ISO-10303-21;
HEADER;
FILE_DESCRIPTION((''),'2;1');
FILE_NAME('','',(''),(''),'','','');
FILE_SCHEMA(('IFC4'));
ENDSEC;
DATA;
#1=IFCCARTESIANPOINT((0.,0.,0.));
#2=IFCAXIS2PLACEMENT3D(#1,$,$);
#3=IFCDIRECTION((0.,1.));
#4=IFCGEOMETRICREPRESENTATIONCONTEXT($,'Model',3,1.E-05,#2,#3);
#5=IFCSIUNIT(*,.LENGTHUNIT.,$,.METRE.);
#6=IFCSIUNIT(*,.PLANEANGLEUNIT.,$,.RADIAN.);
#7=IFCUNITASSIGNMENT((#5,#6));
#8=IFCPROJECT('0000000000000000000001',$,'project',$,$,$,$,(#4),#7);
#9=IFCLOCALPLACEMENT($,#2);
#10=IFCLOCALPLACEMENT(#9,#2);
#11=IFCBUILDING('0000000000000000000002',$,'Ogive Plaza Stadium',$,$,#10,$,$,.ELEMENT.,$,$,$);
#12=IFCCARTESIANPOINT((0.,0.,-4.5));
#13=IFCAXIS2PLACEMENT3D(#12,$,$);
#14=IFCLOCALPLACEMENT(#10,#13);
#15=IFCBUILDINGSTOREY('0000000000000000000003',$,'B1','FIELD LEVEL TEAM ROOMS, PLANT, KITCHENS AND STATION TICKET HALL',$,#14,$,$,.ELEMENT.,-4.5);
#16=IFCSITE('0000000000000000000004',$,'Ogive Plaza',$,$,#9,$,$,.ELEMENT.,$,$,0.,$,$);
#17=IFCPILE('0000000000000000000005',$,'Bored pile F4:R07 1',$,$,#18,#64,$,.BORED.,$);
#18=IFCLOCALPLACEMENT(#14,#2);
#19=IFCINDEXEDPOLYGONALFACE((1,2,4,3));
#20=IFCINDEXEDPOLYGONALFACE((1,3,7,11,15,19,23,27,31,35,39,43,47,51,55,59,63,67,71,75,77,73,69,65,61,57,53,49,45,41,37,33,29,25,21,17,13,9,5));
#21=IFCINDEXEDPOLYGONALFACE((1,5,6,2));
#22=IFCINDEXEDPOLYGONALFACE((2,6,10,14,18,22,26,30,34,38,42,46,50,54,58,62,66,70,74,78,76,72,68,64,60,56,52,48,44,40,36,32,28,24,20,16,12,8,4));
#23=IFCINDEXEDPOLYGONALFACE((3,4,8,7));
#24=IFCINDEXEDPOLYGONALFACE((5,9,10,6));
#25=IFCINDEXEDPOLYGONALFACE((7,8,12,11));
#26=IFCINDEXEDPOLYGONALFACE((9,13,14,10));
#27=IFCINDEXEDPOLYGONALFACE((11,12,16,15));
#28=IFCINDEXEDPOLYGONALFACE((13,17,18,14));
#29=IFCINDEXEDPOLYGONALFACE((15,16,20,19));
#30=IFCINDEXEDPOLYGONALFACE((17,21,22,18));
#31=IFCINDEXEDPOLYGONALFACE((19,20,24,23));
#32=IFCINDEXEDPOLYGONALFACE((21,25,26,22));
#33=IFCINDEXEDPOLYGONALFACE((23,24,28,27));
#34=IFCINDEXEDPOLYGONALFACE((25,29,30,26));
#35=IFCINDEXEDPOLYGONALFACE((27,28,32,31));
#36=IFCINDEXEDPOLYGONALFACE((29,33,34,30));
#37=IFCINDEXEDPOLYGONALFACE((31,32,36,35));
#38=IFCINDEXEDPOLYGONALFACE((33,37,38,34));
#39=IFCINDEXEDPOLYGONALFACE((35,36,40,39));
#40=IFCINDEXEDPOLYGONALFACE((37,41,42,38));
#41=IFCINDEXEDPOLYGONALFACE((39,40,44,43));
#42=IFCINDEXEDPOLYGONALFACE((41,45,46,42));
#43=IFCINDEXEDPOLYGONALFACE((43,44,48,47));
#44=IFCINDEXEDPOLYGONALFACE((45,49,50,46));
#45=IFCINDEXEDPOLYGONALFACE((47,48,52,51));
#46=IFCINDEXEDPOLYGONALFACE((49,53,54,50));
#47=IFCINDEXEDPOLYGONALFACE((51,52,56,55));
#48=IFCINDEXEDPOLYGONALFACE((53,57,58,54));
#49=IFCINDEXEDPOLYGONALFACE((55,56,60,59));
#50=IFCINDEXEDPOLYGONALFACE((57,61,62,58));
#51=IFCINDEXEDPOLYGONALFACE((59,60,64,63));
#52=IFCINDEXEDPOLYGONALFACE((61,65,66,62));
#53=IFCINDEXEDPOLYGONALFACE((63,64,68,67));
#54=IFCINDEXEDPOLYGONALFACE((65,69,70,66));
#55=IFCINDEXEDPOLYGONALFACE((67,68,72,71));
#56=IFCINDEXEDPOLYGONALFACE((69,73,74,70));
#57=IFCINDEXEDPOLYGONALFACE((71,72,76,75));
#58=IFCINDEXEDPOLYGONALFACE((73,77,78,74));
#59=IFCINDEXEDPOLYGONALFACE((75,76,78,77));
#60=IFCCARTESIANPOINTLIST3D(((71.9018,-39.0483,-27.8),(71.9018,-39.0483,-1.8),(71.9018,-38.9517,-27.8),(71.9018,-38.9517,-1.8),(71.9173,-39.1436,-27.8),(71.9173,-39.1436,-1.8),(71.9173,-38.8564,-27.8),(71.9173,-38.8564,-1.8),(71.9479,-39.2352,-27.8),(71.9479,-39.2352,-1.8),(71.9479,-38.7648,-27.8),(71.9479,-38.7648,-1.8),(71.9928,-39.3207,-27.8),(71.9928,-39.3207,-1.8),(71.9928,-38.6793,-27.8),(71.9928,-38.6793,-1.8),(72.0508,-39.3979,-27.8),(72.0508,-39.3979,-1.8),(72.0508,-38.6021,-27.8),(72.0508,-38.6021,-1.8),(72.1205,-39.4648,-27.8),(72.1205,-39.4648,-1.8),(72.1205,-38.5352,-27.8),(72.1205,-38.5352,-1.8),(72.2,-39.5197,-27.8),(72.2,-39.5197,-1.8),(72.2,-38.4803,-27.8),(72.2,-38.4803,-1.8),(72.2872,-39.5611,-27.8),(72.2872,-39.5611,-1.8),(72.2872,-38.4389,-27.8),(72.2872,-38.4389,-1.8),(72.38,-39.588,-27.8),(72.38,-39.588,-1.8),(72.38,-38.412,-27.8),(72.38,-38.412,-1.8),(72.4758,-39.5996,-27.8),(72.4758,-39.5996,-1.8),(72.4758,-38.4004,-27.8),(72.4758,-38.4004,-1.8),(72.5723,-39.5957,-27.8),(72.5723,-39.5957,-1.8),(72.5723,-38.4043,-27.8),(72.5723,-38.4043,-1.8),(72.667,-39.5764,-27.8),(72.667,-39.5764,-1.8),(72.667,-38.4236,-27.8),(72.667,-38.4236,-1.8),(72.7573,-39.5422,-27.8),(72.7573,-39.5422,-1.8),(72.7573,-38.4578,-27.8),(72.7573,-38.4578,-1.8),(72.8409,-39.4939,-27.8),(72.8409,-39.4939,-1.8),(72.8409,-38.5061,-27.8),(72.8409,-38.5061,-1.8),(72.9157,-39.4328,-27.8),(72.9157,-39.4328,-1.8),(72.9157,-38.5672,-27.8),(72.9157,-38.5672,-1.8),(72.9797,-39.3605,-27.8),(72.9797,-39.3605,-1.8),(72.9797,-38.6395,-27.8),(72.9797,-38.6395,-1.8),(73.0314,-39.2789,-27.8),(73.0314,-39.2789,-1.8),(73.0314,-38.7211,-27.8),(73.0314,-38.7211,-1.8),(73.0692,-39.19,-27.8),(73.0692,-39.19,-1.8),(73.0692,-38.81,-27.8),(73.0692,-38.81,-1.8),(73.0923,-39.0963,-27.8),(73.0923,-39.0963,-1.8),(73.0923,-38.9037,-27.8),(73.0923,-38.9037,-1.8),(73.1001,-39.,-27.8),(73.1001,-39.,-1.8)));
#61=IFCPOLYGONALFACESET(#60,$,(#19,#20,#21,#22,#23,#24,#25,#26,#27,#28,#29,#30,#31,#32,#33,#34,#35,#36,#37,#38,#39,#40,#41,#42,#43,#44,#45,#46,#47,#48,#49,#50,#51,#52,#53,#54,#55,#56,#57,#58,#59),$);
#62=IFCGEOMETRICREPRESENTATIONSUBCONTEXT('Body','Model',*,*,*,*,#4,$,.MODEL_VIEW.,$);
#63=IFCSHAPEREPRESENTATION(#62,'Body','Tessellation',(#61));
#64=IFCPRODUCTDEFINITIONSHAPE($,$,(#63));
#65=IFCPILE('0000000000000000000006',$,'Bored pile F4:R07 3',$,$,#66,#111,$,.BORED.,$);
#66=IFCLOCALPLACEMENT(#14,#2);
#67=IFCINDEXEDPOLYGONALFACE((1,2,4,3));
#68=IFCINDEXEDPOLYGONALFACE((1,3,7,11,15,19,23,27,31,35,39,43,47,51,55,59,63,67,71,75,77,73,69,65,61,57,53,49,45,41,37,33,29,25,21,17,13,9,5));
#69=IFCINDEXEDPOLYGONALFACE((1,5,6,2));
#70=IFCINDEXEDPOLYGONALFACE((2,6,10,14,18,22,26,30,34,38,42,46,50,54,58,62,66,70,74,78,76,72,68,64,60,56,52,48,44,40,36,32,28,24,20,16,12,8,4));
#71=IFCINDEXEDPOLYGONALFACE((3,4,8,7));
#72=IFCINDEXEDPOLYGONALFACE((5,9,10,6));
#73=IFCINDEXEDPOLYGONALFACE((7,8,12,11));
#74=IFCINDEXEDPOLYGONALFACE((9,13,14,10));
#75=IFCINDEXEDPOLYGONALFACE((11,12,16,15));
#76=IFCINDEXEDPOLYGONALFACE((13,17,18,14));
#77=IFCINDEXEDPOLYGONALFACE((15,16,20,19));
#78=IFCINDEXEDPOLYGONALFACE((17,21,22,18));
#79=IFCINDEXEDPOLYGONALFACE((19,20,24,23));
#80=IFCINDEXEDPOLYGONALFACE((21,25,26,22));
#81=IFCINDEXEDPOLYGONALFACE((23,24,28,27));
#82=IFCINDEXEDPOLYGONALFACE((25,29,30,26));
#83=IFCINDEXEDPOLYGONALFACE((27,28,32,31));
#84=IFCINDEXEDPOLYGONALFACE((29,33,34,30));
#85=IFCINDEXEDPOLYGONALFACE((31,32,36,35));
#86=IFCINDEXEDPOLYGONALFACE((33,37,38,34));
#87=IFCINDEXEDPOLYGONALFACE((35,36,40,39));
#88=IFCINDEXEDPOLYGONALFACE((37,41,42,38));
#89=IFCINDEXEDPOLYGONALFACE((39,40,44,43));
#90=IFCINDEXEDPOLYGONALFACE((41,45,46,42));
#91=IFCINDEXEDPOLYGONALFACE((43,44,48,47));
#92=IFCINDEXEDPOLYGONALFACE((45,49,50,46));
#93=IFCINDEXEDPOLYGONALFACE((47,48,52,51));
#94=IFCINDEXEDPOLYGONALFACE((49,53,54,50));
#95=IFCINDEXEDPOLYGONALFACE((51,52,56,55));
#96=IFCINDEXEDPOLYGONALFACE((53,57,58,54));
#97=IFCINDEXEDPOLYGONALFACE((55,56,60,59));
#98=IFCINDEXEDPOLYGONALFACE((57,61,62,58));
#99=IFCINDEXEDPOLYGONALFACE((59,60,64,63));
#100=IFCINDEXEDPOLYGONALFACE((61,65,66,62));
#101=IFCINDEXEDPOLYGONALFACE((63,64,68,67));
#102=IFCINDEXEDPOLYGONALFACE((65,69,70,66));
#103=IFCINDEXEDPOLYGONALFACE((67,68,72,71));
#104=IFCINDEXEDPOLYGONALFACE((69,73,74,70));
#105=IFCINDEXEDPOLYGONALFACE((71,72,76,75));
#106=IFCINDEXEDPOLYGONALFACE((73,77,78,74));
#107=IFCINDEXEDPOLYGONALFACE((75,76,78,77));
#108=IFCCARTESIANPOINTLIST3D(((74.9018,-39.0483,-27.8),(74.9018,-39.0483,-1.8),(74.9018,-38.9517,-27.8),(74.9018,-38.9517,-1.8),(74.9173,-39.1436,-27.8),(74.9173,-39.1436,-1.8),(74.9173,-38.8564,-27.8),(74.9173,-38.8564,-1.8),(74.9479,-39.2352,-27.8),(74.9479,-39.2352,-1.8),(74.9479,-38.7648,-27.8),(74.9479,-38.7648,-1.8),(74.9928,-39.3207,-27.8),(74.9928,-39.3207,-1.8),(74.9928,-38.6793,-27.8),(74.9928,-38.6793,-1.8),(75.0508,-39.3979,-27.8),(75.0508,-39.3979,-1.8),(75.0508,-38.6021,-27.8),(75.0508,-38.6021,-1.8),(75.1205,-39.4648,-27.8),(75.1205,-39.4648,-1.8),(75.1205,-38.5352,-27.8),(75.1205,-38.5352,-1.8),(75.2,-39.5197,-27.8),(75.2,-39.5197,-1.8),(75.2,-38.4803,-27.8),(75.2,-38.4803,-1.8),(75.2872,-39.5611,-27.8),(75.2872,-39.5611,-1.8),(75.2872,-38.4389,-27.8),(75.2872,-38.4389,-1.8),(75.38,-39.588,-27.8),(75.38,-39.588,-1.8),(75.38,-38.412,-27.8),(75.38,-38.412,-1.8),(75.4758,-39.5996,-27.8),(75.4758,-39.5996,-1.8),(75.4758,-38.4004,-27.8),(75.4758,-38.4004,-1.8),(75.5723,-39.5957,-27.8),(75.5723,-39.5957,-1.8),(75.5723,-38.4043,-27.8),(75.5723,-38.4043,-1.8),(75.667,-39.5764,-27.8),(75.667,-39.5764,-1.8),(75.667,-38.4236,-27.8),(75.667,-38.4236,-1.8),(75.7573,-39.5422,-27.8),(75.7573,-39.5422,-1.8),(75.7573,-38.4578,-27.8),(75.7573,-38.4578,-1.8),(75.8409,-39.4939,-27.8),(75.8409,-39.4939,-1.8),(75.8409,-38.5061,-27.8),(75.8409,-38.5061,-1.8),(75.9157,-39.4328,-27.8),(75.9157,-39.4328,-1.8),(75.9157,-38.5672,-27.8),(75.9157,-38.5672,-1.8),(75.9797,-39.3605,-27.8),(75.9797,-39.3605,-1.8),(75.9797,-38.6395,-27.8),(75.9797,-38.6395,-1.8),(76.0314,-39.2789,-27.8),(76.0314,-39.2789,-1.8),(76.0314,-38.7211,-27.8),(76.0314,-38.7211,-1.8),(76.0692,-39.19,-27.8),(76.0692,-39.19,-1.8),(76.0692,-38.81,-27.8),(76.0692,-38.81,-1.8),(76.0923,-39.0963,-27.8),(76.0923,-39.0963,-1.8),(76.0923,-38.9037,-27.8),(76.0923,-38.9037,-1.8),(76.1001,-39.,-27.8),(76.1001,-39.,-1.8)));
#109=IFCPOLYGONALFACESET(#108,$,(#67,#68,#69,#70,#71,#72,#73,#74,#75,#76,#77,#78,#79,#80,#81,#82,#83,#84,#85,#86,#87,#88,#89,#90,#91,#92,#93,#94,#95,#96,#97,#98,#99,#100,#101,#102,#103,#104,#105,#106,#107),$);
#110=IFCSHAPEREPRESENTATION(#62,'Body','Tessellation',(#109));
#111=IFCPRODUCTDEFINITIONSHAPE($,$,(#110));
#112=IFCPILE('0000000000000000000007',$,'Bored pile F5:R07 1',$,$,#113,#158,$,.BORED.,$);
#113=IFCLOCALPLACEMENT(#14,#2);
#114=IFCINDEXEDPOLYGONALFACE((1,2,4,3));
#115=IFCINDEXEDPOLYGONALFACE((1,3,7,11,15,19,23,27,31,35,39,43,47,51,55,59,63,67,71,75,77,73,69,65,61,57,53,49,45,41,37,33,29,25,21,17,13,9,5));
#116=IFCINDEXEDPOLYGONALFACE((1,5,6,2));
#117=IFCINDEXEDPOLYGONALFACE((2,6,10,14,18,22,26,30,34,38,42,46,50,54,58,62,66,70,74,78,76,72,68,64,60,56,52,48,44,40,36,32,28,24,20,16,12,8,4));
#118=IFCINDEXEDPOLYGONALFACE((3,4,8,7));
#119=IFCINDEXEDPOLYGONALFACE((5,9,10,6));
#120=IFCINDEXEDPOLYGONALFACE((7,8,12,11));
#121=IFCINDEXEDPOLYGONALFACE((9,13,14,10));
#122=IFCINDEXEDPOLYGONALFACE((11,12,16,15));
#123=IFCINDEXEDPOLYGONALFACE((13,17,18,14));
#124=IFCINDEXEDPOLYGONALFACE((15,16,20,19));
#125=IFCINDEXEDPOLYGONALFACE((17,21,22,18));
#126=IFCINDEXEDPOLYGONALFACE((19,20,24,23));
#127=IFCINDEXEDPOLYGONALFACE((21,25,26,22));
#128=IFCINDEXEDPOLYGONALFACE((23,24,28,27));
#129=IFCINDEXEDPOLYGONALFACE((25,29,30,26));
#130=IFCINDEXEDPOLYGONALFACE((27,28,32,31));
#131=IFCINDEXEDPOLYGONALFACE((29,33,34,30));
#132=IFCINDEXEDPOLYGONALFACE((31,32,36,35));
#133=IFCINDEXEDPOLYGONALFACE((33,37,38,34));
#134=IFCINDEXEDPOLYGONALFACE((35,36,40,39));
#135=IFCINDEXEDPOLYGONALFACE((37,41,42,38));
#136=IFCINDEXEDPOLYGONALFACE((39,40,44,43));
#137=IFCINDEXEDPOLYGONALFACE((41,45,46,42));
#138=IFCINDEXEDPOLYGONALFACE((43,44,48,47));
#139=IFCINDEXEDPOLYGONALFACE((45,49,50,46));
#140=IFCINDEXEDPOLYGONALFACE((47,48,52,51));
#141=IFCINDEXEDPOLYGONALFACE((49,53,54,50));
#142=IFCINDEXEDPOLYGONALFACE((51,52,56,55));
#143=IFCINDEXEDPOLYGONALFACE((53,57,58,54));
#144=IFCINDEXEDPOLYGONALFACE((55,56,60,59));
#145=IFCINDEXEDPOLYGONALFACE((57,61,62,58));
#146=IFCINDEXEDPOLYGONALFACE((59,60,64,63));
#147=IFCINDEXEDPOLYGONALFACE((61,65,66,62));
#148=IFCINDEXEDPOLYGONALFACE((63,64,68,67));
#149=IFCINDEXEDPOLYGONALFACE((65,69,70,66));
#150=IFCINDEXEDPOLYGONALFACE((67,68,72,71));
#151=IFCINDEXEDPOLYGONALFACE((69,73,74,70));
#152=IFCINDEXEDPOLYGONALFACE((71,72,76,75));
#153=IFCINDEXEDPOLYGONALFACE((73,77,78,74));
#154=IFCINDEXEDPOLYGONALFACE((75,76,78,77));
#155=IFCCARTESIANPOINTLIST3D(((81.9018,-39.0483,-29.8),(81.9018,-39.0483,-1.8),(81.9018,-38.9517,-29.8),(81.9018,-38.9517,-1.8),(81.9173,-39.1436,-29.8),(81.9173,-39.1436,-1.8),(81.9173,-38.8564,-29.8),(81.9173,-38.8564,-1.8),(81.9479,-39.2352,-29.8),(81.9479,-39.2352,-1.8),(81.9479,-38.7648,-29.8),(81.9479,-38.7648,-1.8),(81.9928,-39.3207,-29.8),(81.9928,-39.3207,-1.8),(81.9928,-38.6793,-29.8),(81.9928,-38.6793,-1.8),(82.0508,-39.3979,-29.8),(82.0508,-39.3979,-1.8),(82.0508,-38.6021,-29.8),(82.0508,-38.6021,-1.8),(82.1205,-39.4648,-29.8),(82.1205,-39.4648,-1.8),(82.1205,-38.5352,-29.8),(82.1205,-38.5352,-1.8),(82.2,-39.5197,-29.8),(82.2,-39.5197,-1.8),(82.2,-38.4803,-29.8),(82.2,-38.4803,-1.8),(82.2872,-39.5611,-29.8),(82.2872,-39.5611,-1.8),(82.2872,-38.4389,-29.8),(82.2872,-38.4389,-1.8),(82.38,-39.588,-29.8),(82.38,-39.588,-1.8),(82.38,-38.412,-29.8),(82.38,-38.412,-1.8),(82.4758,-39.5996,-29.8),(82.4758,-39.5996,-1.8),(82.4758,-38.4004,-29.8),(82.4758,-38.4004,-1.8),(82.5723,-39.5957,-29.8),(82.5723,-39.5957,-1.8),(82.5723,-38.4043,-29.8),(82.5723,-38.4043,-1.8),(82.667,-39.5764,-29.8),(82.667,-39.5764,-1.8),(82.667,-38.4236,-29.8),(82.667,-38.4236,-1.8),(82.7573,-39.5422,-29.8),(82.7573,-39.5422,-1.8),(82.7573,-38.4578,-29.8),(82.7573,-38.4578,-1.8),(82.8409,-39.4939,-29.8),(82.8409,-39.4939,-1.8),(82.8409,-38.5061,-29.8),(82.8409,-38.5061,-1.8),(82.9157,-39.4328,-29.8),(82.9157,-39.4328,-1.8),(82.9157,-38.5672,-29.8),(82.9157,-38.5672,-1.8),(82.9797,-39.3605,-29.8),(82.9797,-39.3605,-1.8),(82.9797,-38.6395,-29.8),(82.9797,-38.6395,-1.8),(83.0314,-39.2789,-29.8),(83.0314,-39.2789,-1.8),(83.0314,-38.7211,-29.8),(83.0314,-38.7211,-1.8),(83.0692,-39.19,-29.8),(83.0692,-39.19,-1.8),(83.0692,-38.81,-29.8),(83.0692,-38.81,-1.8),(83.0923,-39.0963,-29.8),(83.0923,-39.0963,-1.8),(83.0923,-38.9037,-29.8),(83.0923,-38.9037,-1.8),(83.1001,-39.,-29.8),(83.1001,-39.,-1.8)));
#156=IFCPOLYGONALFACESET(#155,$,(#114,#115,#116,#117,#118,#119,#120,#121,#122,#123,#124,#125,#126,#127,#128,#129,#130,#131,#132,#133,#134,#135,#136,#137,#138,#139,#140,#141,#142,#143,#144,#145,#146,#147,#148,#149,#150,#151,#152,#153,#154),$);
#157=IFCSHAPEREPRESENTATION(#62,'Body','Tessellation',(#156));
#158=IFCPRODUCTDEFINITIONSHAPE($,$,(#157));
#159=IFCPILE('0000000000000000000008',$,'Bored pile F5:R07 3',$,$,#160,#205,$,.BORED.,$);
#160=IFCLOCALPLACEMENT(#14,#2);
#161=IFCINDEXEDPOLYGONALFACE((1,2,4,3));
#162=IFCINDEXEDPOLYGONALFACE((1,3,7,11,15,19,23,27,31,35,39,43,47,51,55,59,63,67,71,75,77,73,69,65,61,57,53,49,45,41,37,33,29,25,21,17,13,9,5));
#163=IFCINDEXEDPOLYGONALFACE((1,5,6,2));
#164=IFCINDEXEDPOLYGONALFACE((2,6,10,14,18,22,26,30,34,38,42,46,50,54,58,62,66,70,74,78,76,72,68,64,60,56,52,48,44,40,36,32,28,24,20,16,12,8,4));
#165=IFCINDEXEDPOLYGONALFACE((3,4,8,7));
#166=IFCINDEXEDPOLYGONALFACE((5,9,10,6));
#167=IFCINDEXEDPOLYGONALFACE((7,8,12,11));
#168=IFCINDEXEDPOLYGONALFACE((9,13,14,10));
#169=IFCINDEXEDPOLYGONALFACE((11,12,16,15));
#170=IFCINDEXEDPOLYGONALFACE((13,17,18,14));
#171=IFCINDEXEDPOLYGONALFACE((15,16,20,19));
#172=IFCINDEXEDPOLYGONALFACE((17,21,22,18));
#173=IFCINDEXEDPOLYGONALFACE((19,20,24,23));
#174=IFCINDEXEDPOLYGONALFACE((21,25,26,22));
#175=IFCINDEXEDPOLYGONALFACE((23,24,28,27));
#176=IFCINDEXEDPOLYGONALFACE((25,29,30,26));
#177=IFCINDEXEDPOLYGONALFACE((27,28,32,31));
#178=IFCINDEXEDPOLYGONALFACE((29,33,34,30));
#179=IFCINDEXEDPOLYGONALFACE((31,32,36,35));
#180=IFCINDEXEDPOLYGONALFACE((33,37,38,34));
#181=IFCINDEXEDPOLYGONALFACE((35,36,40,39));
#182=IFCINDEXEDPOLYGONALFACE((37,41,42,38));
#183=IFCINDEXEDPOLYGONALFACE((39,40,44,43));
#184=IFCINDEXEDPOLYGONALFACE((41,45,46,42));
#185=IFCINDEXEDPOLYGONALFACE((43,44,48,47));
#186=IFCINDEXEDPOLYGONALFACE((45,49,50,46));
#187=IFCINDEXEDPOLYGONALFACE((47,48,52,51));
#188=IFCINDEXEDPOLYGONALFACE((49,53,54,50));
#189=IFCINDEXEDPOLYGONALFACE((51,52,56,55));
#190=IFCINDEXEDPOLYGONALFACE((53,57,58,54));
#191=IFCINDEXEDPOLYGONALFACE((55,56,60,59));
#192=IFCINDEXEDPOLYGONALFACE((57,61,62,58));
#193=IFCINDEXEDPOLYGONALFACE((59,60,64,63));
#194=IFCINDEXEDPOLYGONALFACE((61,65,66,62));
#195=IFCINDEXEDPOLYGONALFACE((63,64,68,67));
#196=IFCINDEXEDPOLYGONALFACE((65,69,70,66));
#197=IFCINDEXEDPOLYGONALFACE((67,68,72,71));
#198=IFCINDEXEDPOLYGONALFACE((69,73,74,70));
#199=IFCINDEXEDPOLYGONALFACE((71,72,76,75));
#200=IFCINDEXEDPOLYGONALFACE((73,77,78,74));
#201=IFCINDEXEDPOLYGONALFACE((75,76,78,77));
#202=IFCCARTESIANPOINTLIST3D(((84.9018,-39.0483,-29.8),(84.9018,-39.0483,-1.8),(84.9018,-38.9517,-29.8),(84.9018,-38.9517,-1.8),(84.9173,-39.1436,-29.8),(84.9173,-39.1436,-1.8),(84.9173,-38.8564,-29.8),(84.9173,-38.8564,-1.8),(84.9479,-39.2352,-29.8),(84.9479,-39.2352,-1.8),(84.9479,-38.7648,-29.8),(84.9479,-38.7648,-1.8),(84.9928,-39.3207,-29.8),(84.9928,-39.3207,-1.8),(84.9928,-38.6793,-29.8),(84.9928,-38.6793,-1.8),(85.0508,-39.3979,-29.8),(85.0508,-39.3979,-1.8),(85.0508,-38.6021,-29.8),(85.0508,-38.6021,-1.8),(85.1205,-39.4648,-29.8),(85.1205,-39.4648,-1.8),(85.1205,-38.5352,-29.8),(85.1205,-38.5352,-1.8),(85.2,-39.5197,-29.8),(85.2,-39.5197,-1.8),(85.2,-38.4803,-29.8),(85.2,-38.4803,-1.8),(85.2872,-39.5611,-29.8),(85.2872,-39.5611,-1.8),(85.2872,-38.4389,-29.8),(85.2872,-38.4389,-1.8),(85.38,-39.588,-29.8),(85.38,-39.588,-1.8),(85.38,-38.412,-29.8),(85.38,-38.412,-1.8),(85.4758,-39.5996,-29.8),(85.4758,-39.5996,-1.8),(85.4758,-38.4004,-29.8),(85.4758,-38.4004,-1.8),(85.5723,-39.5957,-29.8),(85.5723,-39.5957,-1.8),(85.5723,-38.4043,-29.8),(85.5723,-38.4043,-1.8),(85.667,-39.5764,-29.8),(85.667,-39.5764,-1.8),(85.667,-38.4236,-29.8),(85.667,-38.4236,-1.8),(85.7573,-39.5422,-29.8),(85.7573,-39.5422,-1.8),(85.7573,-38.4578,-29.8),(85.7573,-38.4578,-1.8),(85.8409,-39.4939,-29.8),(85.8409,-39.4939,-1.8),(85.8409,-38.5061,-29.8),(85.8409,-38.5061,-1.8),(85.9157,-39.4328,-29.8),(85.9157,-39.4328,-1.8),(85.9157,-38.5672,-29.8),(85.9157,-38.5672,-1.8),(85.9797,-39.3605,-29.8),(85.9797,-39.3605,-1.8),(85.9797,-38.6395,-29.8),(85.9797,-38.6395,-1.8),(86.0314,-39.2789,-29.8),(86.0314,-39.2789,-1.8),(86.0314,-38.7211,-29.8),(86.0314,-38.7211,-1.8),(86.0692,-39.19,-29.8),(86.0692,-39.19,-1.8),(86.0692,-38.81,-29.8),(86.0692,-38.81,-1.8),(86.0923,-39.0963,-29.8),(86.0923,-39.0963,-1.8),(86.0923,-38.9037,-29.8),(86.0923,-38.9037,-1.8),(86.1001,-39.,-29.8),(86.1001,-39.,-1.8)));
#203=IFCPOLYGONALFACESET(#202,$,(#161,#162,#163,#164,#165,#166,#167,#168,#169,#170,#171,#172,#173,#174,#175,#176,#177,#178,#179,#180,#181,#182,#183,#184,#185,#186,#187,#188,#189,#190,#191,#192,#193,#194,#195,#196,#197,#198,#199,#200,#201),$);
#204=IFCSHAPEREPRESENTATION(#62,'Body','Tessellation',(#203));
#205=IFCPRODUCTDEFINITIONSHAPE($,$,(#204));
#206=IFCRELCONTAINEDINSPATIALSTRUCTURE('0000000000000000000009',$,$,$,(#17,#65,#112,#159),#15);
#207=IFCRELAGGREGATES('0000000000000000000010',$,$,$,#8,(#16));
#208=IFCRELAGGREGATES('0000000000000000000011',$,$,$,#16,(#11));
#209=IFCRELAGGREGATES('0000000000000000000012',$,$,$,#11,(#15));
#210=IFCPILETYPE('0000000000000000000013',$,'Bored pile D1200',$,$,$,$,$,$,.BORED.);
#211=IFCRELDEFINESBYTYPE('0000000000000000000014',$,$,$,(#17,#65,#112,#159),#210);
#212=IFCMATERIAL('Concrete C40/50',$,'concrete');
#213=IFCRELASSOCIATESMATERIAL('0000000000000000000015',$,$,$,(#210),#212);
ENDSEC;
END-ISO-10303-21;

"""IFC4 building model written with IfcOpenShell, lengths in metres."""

from ifc_helpers import new_model, si_unit, direction, frame, origin, origin_2d, place, context, subcontext, project, spatial, circle, extrude, material, material_profile, profile_set, type_object, element, save


model = new_model("IFC4")

# Units and contexts
model_context = context("Model", 3, precision=1e-05, world=origin(), true_north=direction((0.0, 1.0)))
body_context = subcontext(model_context, "Body", "Model", "MODEL_VIEW")
ifc_project = project(units=[si_unit("LENGTHUNIT", "METRE"), si_unit("PLANEANGLEUNIT", "RADIAN")], contexts=[model_context])

# Site, building, storey
site_placement = place(None, origin())
site = spatial("IfcSite", under=ifc_project, at=site_placement, Name="Ogive Plaza", CompositionType="ELEMENT", RefElevation=0.0)
building_placement = place(site_placement, origin())
building = spatial("IfcBuilding", under=site, at=building_placement, Name="Ogive Plaza Stadium", CompositionType="ELEMENT")
storey_placement = place(building_placement, frame((0.0, 0.0, -4.5)))
storey = spatial("IfcBuildingStorey", under=building, at=storey_placement, Name="B1", Description="FIELD LEVEL TEAM ROOMS, PLANT, KITCHENS AND STATION TICKET HALL", CompositionType="ELEMENT", Elevation=-4.5)

# Piles
ifc_material_1 = material(Name="Concrete C40/50", Category="concrete")
ifc_material_profile_1 = material_profile(ifc_material_1, circle(Radius=0.6001, at=origin_2d()), Name="RC D1200")
ifc_profile_set_1 = profile_set([ifc_material_profile_1], Name="Concrete C40/50")
pile_type_1 = type_object("IfcPileType", Name="Bored pile D1200", PredefinedType="BORED", material=ifc_profile_set_1)
for number, where, z_axis, x_axis, name in (
    (1, (72.5, -39.0, -1.8), (0.0, 0.0, -1.0), (1.0, 0.0, 0.0), "Bored pile F4:R07 1"),
    (2, (75.5, -39.0, -1.8), (0.0, 0.0, -1.0), (1.0, 0.0, 0.0), "Bored pile F4:R07 3"),
):
    element("IfcPile", number, at=place(storey_placement, frame(where, z_axis=z_axis, x_axis=x_axis)), inside=storey, type_object=pile_type_1, Name=name, PredefinedType="BORED", context=body_context, shape_type="SweptSolid", body=[
        extrude(circle(Radius=0.6001, at=origin_2d()), origin(), (0.0, 0.0, 1.0), 26.0),
    ])
for number, where, z_axis, x_axis, name in (
    (3, (82.5, -39.0, -1.8), (0.0, 0.0, -1.0), (1.0, 0.0, 0.0), "Bored pile F5:R07 1"),
    (4, (85.5, -39.0, -1.8), (0.0, 0.0, -1.0), (1.0, 0.0, 0.0), "Bored pile F5:R07 3"),
):
    element("IfcPile", number, at=place(storey_placement, frame(where, z_axis=z_axis, x_axis=x_axis)), inside=storey, type_object=pile_type_1, Name=name, PredefinedType="BORED", context=body_context, shape_type="SweptSolid", body=[
        extrude(circle(Radius=0.6001, at=origin_2d()), origin(), (0.0, 0.0, 1.0), 28.0),
    ])

save(model, "model.ifc")
